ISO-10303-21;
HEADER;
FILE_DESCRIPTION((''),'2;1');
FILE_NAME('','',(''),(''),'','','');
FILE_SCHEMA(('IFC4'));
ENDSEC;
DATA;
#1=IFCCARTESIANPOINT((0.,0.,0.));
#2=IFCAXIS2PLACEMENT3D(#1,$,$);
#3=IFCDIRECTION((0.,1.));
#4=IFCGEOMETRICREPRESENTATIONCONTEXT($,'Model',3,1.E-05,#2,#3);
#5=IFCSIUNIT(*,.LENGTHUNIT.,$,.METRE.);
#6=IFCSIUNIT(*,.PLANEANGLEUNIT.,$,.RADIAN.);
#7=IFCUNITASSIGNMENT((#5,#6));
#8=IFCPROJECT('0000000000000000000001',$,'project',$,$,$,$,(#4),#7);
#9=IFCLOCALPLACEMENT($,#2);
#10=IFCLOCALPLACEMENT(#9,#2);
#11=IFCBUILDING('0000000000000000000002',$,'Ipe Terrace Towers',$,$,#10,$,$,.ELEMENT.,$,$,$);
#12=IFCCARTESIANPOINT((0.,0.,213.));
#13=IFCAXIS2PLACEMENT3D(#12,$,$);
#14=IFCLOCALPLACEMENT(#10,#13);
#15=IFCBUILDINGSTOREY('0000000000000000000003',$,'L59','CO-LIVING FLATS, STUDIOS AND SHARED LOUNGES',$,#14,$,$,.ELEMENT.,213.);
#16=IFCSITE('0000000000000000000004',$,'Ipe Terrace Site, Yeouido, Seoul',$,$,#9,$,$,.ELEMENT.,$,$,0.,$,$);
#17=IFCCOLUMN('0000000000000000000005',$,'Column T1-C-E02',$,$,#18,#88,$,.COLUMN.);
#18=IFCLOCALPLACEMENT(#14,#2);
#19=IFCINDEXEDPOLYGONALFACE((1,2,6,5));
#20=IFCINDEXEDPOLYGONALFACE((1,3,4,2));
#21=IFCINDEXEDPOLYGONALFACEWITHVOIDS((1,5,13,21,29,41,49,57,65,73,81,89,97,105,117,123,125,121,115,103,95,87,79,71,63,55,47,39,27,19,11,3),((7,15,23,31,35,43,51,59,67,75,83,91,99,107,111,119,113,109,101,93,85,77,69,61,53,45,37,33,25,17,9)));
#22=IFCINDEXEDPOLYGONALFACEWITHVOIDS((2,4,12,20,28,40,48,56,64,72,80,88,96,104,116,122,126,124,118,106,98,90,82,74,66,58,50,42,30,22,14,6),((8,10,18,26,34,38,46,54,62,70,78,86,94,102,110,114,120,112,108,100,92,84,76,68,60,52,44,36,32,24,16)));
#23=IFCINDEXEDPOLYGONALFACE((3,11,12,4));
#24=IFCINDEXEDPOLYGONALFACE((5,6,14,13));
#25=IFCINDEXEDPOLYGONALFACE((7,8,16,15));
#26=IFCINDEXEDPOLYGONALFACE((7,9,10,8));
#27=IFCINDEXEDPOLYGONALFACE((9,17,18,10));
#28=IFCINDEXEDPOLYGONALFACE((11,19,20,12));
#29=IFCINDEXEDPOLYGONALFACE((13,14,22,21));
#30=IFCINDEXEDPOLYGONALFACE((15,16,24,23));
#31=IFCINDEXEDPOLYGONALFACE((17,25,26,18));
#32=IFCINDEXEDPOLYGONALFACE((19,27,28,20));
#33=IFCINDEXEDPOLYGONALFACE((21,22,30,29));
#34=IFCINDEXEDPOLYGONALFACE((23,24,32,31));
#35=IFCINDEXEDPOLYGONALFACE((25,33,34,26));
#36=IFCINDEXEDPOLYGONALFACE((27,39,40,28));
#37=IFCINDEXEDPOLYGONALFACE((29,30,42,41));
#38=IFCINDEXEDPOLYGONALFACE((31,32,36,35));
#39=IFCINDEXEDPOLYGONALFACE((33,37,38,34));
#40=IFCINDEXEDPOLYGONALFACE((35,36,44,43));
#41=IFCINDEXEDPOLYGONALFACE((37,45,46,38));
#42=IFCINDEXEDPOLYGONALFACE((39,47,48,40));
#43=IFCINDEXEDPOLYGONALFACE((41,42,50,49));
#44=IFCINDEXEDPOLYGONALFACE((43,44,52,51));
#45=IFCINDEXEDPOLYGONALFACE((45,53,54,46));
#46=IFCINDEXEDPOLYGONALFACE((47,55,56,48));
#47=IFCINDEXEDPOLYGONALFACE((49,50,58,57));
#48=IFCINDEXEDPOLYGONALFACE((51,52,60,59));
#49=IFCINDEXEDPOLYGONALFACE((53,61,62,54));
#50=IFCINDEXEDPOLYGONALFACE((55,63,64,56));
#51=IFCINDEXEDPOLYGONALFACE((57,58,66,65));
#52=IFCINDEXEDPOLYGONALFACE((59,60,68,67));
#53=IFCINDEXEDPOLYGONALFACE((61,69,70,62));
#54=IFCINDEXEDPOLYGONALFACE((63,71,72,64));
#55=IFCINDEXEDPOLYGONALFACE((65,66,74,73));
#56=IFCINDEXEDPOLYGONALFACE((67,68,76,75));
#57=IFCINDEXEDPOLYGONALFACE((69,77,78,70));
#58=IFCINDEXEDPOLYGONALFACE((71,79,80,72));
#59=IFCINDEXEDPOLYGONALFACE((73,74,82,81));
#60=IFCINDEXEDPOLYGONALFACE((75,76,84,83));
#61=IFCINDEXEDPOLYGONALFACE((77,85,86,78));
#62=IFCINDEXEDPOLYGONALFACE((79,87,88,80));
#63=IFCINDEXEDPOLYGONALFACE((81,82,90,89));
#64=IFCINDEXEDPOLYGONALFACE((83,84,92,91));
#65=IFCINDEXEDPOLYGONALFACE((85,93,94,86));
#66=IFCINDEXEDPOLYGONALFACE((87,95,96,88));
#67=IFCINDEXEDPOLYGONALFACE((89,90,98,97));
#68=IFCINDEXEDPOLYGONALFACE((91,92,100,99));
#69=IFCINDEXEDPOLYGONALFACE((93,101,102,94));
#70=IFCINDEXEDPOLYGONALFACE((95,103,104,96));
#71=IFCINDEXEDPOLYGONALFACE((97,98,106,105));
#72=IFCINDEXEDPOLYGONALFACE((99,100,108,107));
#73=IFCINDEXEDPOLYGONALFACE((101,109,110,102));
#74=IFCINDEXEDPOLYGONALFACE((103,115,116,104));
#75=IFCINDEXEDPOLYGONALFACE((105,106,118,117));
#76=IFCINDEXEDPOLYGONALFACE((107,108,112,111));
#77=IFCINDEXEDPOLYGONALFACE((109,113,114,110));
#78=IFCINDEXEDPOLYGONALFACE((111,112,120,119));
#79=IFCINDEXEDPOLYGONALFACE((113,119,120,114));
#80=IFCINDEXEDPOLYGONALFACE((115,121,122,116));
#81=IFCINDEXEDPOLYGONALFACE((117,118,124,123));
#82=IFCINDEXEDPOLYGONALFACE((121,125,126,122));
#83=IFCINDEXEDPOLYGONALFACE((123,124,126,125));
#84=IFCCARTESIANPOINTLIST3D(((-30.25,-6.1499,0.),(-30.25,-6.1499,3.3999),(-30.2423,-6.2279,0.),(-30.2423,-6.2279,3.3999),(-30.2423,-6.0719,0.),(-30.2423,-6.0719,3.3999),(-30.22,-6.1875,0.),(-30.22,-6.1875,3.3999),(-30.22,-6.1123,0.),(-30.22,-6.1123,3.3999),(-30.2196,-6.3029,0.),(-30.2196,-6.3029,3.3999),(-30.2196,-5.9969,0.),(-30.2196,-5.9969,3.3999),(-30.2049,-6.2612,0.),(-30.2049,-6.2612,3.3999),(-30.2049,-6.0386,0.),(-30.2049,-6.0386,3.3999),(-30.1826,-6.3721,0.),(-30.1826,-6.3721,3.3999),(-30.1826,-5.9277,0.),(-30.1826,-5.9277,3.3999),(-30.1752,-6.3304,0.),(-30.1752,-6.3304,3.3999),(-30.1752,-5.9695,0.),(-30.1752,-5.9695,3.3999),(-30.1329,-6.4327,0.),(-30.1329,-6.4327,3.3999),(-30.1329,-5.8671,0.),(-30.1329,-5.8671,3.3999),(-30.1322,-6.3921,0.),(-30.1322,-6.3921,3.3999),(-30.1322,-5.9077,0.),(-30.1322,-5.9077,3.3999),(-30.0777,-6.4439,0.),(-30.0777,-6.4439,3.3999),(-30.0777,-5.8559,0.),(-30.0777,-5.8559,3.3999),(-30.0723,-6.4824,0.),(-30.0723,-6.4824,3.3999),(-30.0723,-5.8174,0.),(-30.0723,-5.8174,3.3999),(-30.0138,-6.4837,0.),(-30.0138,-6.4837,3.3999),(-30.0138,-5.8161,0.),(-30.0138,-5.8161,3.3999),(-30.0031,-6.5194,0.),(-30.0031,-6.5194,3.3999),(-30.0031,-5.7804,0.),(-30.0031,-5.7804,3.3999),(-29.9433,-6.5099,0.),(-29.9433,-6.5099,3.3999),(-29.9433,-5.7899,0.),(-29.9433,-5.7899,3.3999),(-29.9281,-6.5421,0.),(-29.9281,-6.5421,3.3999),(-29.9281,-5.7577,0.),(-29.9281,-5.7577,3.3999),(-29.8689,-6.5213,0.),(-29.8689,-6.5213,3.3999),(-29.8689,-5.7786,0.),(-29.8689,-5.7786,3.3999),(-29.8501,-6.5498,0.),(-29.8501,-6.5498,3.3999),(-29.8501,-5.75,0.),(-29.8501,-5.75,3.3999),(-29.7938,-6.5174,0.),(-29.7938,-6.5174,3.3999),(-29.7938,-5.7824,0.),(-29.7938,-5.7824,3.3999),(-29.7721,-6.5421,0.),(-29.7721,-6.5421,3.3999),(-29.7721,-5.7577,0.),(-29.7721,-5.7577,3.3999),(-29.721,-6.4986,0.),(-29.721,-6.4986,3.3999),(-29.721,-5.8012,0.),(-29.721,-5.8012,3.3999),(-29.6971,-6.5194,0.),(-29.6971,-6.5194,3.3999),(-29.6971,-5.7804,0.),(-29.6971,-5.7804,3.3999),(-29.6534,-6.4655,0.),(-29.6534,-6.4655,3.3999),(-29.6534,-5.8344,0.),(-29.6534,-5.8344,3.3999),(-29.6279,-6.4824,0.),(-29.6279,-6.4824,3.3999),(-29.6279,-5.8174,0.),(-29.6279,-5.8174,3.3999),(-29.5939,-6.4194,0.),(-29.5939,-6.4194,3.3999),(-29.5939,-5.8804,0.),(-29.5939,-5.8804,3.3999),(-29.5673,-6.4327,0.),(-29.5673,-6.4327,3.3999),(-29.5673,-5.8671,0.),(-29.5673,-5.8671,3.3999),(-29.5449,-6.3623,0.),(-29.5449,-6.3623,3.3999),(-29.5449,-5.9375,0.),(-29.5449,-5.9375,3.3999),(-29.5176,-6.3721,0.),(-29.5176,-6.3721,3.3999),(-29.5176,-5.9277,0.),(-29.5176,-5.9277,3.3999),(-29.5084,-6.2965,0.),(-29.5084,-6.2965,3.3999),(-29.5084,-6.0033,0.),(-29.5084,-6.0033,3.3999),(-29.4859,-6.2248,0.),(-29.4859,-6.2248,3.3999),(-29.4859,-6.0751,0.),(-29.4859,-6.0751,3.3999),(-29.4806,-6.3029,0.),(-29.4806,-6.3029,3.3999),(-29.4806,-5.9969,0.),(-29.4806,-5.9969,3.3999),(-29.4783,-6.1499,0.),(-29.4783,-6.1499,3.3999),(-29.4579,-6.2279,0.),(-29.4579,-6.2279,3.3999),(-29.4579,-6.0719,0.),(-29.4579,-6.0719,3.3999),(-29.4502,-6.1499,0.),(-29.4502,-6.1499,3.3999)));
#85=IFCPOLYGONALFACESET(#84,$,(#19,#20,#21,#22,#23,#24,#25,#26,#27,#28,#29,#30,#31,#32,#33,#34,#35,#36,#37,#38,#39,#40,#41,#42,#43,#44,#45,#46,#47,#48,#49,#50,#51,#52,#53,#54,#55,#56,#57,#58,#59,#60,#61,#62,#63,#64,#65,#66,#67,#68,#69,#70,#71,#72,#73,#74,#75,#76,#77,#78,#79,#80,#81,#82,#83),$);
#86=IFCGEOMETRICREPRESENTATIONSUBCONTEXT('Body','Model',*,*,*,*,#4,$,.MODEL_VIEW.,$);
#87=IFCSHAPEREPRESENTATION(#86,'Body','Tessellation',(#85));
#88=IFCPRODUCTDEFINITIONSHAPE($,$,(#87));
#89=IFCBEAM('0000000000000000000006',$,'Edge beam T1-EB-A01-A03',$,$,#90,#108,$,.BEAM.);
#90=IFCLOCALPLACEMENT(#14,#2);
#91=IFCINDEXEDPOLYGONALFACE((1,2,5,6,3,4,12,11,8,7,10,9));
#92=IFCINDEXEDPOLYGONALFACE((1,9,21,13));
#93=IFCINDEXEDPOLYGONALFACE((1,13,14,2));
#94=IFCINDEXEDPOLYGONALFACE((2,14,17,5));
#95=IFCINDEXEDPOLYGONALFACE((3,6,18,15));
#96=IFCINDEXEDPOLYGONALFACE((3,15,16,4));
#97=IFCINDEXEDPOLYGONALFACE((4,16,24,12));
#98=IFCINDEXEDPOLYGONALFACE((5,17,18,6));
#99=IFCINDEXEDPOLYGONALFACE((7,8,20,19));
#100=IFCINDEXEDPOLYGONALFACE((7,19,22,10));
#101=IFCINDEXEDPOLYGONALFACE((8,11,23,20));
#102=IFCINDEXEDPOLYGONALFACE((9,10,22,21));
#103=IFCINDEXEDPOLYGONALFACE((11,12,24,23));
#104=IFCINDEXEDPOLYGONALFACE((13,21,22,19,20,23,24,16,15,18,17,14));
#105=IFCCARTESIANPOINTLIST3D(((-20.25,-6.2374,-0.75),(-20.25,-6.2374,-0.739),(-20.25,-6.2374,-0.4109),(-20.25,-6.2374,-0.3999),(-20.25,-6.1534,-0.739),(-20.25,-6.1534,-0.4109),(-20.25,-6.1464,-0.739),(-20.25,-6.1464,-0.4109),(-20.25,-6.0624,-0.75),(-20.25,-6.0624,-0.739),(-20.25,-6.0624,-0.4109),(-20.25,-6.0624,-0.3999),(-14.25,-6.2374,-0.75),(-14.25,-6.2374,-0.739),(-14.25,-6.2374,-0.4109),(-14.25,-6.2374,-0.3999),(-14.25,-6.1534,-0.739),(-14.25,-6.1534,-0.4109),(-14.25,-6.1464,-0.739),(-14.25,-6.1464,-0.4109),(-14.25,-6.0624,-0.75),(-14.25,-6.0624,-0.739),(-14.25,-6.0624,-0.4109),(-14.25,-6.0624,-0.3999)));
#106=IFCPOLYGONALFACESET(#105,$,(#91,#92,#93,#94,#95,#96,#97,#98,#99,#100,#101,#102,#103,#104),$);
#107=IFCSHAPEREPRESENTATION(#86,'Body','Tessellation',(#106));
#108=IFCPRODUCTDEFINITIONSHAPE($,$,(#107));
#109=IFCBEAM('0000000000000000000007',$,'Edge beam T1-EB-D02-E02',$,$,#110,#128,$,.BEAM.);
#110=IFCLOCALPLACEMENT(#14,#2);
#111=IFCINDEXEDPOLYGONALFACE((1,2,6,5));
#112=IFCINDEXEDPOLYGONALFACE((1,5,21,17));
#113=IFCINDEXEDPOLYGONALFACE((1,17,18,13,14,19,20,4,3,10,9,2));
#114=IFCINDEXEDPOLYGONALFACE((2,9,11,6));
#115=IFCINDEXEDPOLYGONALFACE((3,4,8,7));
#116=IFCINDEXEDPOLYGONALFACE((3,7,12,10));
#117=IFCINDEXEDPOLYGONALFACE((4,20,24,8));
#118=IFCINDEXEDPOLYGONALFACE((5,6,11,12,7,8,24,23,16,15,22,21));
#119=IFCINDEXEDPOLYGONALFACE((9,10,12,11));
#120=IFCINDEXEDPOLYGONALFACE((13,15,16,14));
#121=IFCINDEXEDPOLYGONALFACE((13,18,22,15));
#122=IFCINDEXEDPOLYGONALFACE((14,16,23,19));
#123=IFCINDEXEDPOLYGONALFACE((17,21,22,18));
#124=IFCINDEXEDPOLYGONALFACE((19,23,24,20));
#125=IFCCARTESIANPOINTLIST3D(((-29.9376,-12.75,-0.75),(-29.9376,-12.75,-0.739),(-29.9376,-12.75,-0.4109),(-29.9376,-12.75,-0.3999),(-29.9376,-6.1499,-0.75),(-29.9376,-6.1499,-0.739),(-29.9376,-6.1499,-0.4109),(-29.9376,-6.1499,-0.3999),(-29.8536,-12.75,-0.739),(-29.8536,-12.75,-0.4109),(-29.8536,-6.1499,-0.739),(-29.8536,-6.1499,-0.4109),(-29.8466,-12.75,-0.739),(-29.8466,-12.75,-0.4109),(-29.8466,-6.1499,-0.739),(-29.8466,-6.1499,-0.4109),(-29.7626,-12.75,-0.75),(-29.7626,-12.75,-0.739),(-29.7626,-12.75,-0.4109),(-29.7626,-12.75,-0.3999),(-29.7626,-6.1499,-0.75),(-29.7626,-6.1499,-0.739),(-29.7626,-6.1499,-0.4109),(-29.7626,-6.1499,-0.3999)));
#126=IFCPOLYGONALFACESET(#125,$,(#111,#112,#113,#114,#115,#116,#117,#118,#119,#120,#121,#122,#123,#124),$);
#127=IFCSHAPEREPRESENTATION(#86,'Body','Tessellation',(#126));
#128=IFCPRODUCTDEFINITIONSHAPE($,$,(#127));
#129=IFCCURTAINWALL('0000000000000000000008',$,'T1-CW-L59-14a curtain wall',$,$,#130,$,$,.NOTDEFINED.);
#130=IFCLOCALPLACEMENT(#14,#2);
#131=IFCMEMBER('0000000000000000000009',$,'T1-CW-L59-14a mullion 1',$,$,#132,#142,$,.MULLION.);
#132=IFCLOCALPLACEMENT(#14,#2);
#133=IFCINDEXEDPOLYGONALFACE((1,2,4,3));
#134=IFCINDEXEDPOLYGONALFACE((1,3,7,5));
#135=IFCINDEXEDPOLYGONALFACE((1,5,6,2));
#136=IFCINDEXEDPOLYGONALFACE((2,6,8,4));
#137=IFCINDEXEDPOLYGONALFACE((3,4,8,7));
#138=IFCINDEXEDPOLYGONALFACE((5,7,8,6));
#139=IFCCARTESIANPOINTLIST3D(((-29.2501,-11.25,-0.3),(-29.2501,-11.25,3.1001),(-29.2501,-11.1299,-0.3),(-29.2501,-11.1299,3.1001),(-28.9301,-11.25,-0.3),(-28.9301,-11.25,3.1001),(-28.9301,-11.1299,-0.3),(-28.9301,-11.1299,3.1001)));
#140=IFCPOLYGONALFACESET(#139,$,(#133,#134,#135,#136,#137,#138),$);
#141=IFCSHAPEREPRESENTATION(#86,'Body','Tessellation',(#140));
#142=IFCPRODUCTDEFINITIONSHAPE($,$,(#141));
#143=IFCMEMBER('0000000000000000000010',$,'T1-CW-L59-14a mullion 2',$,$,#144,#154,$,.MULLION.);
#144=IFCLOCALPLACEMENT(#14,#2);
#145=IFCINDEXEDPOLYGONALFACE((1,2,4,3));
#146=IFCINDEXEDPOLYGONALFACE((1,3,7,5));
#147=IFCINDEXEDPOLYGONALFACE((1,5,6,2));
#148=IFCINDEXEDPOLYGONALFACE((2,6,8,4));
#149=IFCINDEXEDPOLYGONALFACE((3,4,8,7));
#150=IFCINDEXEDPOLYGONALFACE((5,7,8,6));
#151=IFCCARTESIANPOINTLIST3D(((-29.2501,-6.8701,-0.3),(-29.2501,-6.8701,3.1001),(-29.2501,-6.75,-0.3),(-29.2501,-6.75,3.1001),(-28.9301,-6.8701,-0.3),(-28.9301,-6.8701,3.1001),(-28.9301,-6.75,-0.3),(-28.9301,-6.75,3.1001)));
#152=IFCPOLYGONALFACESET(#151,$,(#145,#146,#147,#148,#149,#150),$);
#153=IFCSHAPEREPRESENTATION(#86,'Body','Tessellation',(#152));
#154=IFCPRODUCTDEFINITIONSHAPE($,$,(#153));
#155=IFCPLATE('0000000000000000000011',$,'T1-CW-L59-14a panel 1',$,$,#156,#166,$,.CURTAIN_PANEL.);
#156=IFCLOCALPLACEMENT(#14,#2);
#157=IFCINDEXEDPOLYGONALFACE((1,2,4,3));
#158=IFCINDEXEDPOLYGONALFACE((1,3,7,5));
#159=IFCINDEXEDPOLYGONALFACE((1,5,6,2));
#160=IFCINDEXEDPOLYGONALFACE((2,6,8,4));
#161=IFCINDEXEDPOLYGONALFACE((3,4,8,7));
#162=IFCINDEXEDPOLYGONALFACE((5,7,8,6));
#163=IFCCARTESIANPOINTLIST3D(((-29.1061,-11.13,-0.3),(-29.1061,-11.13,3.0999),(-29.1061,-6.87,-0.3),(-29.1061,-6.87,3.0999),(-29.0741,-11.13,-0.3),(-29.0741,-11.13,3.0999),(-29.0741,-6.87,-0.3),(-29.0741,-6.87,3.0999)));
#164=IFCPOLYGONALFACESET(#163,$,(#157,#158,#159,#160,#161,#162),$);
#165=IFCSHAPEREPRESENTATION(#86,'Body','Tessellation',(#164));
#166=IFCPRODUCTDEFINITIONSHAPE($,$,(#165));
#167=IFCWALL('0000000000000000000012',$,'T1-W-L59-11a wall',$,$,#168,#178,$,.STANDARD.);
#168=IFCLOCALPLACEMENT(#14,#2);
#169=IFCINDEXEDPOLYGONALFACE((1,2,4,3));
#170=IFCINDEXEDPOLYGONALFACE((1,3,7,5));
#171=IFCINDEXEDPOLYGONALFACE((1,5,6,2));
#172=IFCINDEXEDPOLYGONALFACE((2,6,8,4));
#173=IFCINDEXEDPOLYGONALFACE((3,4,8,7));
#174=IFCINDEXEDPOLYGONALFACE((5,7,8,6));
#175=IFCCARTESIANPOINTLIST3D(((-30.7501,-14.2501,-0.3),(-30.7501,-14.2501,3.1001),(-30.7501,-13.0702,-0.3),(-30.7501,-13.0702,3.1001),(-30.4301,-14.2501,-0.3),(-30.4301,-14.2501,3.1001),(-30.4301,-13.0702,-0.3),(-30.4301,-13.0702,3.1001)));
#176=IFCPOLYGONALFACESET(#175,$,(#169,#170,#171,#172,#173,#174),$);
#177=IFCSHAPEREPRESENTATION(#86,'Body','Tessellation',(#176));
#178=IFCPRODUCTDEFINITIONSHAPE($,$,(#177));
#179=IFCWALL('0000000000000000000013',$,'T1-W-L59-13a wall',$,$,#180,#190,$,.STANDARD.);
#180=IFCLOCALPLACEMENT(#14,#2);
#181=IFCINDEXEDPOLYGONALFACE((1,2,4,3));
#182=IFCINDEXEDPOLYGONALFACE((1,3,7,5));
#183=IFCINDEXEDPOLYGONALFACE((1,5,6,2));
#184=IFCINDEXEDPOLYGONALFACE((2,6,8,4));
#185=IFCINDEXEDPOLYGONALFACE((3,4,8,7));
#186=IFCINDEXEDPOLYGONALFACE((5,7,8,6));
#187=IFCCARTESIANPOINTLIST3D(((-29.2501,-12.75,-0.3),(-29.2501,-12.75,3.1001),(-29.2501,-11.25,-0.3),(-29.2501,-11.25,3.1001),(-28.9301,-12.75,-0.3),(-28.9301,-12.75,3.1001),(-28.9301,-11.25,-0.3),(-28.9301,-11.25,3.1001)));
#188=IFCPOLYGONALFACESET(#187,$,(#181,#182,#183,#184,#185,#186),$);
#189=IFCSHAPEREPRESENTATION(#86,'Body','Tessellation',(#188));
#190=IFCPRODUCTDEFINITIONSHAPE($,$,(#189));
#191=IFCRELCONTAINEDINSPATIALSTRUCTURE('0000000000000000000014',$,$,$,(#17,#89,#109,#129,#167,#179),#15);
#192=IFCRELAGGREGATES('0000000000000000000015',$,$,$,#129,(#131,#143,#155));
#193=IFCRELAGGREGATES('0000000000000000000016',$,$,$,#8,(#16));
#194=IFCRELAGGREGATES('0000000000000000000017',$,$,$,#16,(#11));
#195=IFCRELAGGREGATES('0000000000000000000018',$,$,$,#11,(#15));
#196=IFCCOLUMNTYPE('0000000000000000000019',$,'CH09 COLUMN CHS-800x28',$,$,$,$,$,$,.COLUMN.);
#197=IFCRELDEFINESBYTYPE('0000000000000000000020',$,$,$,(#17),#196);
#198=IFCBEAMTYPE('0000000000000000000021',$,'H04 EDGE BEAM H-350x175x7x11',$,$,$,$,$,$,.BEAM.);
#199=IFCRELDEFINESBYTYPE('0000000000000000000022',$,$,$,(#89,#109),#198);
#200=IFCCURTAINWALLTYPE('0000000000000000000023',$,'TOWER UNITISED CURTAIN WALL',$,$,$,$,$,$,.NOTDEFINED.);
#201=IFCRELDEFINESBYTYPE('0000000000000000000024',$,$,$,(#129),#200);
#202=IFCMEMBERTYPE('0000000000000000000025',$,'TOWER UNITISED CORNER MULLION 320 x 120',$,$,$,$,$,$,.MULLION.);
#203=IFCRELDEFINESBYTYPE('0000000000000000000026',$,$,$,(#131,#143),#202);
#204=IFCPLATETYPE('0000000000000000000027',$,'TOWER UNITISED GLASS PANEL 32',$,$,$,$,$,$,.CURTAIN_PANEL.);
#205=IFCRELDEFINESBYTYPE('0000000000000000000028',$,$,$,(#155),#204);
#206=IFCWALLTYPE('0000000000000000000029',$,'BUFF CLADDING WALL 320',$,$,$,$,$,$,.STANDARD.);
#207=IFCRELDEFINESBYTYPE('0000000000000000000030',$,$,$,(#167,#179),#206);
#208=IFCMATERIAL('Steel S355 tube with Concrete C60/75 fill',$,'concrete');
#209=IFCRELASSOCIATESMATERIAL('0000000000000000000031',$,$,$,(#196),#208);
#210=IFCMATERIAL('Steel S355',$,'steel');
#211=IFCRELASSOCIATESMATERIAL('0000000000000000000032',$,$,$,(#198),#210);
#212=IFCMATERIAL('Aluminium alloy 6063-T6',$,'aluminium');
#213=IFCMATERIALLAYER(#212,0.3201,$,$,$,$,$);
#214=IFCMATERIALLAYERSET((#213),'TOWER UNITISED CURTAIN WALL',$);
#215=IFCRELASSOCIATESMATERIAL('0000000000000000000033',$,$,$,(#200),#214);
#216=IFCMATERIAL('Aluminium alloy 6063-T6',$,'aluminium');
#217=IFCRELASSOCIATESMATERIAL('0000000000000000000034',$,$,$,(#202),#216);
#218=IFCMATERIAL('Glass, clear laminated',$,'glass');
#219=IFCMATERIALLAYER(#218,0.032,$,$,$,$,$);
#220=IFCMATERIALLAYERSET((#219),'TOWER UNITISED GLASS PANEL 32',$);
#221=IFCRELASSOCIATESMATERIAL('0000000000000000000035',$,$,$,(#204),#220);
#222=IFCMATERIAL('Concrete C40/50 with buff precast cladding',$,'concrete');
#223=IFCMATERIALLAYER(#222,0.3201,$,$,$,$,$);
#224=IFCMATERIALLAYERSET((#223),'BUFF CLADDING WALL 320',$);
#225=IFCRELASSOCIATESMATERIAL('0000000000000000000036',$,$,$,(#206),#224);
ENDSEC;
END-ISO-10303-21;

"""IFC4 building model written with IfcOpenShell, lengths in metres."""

from ifc_helpers import new_model, si_unit, direction, frame, frame_2d, origin, origin_2d, place, context, subcontext, project, spatial, rectangle, hollow_circle, i_section, extrude, material, layer, layer_set, material_profile, profile_set, type_object, element, aggregate, save


model = new_model("IFC4")

# Units and contexts
model_context = context("Model", 3, precision=1e-05, world=origin(), true_north=direction((0.0, 1.0)))
body_context = subcontext(model_context, "Body", "Model", "MODEL_VIEW")
ifc_project = project(units=[si_unit("LENGTHUNIT", "METRE"), si_unit("PLANEANGLEUNIT", "RADIAN")], contexts=[model_context])

# Site, building, storey
site_placement = place(None, origin())
site = spatial("IfcSite", under=ifc_project, at=site_placement, Name="Ipe Terrace Site, Yeouido, Seoul", CompositionType="ELEMENT", RefElevation=0.0)
building_placement = place(site_placement, origin())
building = spatial("IfcBuilding", under=site, at=building_placement, Name="Ipe Terrace Towers", CompositionType="ELEMENT")
storey_placement = place(building_placement, frame((0.0, 0.0, 213.0)))
storey = spatial("IfcBuildingStorey", under=building, at=storey_placement, Name="L59", Description="CO-LIVING FLATS, STUDIOS AND SHARED LOUNGES", CompositionType="ELEMENT", Elevation=213.0)

# Column
ifc_material_1 = material(Name="Steel S355 tube with Concrete C60/75 fill", Category="concrete")
ifc_material_profile_1 = material_profile(ifc_material_1, hollow_circle(Radius=0.3999, WallThickness=0.0281, at=origin_2d()), Name="CHS-800x28")
ifc_profile_set_1 = profile_set([ifc_material_profile_1], Name="Steel S355 tube with Concrete C60/75 fill")
column_type_1 = type_object("IfcColumnType", Name="CH09 COLUMN CHS-800x28", PredefinedType="COLUMN", material=ifc_profile_set_1)
column_placement = place(storey_placement, frame((-29.8501, -6.1499, 0.0), z_axis=(0.0, 0.0, 1.0), x_axis=(1.0, 0.0, 0.0)))
element("IfcColumn", 1, at=column_placement, inside=storey, type_object=column_type_1, Name="Column T1-C-E02", PredefinedType="COLUMN", context=body_context, shape_type="SweptSolid", body=[
    extrude(hollow_circle(Radius=0.3999, WallThickness=0.0281, at=origin_2d()), origin(), (0.0, 0.0, 1.0), 3.3999),
])

# Beams
ifc_material_2 = material(Name="Steel S355", Category="steel")
ifc_material_profile_2 = material_profile(ifc_material_2, i_section(OverallWidth=0.175, OverallDepth=0.3501, WebThickness=0.0071, FlangeThickness=0.011, at=origin_2d()), Name="H-350x175x7x11")
ifc_profile_set_2 = profile_set([ifc_material_profile_2], Name="Steel S355")
beam_type = type_object("IfcBeamType", Name="H04 EDGE BEAM H-350x175x7x11", PredefinedType="BEAM", material=ifc_profile_set_2)
beam_1_placement = place(storey_placement, frame((-20.25, -6.1499, -0.575), z_axis=(1.0, 0.0, 0.0), x_axis=(0.0, 1.0, 0.0)))
element("IfcBeam", 2, at=beam_1_placement, inside=storey, type_object=beam_type, Name="Edge beam T1-EB-A01-A03", PredefinedType="BEAM", context=body_context, shape_type="SweptSolid", body=[
    extrude(i_section(OverallWidth=0.175, OverallDepth=0.3501, WebThickness=0.0071, FlangeThickness=0.011, at=origin_2d()), origin(), (0.0, 0.0, 1.0), 6.0),
])
beam_2_placement = place(storey_placement, frame((-29.8501, -12.75, -0.575), z_axis=(0.0, 1.0, 0.0), x_axis=(-1.0, 0.0, 0.0)))
element("IfcBeam", 3, at=beam_2_placement, inside=storey, type_object=beam_type, Name="Edge beam T1-EB-D02-E02", PredefinedType="BEAM", context=body_context, shape_type="SweptSolid", body=[
    extrude(i_section(OverallWidth=0.175, OverallDepth=0.3501, WebThickness=0.0071, FlangeThickness=0.011, at=origin_2d()), origin(), (0.0, 0.0, 1.0), 6.6001),
])

# Curtain wall, members, plate
ifc_material_3 = material(Name="Aluminium alloy 6063-T6", Category="aluminium")
ifc_layer_1 = layer(ifc_material_3, 0.3201)
ifc_layer_set_1 = layer_set([ifc_layer_1], Name="TOWER UNITISED CURTAIN WALL")
curtain_wall_type = type_object("IfcCurtainWallType", Name="TOWER UNITISED CURTAIN WALL", PredefinedType="NOTDEFINED", material=ifc_layer_set_1)
curtain_wall_placement = place(storey_placement, origin())
curtain_wall = element("IfcCurtainWall", 4, at=curtain_wall_placement, inside=storey, type_object=curtain_wall_type, Name="T1-CW-L59-14a curtain wall", PredefinedType="NOTDEFINED")
ifc_material_4 = material(Name="Aluminium alloy 6063-T6", Category="aluminium")
ifc_material_profile_3 = material_profile(ifc_material_4, rectangle(XDim=0.3201, YDim=0.1201, at=origin_2d()), Name="TOWER UNITISED CORNER MULLION 320 x 120")
ifc_profile_set_3 = profile_set([ifc_material_profile_3], Name="Aluminium alloy 6063-T6")
member_type = type_object("IfcMemberType", Name="TOWER UNITISED CORNER MULLION 320 x 120", PredefinedType="MULLION", material=ifc_profile_set_3)
member_1_placement = place(storey_placement, frame((-29.0901, -11.1899, -0.3), z_axis=(0.0, 0.0, 1.0), x_axis=(1.0, 0.0, 0.0)))
member_1 = element("IfcMember", 5, at=member_1_placement, type_object=member_type, Name="T1-CW-L59-14a mullion 1", PredefinedType="MULLION", context=body_context, shape_type="SweptSolid", body=[
    extrude(rectangle(XDim=0.3201, YDim=0.1201, at=origin_2d()), origin(), (0.0, 0.0, 1.0), 3.4001),
])
member_2_placement = place(storey_placement, frame((-29.0901, -6.8101, -0.3), z_axis=(0.0, 0.0, 1.0), x_axis=(1.0, 0.0, 0.0)))
member_2 = element("IfcMember", 6, at=member_2_placement, type_object=member_type, Name="T1-CW-L59-14a mullion 2", PredefinedType="MULLION", context=body_context, shape_type="SweptSolid", body=[
    extrude(rectangle(XDim=0.3201, YDim=0.1201, at=origin_2d()), origin(), (0.0, 0.0, 1.0), 3.4001),
])
ifc_material_5 = material(Name="Glass, clear laminated", Category="glass")
ifc_layer_2 = layer(ifc_material_5, 0.032)
ifc_layer_set_2 = layer_set([ifc_layer_2], Name="TOWER UNITISED GLASS PANEL 32")
plate_type = type_object("IfcPlateType", Name="TOWER UNITISED GLASS PANEL 32", PredefinedType="CURTAIN_PANEL", material=ifc_layer_set_2)
plate_placement = place(storey_placement, frame((-29.0901, -9.0, -0.3), z_axis=(0.0, 0.0, 1.0), x_axis=(0.0, 1.0, 0.0)))
plate = element("IfcPlate", 7, at=plate_placement, type_object=plate_type, Name="T1-CW-L59-14a panel 1", PredefinedType="CURTAIN_PANEL", context=body_context, shape_type="SweptSolid", body=[
    extrude(rectangle(XDim=4.26, YDim=0.032, at=origin_2d()), origin(), (0.0, 0.0, 1.0), 3.3999),
])
aggregate(curtain_wall, [member_1, member_2, plate])

# Walls
ifc_material_6 = material(Name="Concrete C40/50 with buff precast cladding", Category="concrete")
ifc_layer_3 = layer(ifc_material_6, 0.3201)
ifc_layer_set_3 = layer_set([ifc_layer_3], Name="BUFF CLADDING WALL 320")
wall_type_1 = type_object("IfcWallType", Name="BUFF CLADDING WALL 320", PredefinedType="STANDARD", material=ifc_layer_set_3)
wall_1_placement = place(storey_placement, frame((-30.5901, -14.25, -0.3), z_axis=(0.0, 0.0, 1.0), x_axis=(0.0, 1.0, 0.0)))
element("IfcWall", 8, at=wall_1_placement, inside=storey, type_object=wall_type_1, Name="T1-W-L59-11a wall", PredefinedType="STANDARD", context=body_context, shape_type="SweptSolid", body=[
    extrude(rectangle(XDim=1.1799, YDim=0.3201, at=frame_2d((0.5898, 0.0))), origin(), (0.0, 0.0, 1.0), 3.4001),
])
wall_2_placement = place(storey_placement, frame((-29.0901, -12.75, -0.3), z_axis=(0.0, 0.0, 1.0), x_axis=(0.0, 1.0, 0.0)))
element("IfcWall", 9, at=wall_2_placement, inside=storey, type_object=wall_type_1, Name="T1-W-L59-13a wall", PredefinedType="STANDARD", context=body_context, shape_type="SweptSolid", body=[
    extrude(rectangle(XDim=1.5, YDim=0.3201, at=frame_2d((0.75, 0.0))), origin(), (0.0, 0.0, 1.0), 3.4001),
])

save(model, "model.ifc")
